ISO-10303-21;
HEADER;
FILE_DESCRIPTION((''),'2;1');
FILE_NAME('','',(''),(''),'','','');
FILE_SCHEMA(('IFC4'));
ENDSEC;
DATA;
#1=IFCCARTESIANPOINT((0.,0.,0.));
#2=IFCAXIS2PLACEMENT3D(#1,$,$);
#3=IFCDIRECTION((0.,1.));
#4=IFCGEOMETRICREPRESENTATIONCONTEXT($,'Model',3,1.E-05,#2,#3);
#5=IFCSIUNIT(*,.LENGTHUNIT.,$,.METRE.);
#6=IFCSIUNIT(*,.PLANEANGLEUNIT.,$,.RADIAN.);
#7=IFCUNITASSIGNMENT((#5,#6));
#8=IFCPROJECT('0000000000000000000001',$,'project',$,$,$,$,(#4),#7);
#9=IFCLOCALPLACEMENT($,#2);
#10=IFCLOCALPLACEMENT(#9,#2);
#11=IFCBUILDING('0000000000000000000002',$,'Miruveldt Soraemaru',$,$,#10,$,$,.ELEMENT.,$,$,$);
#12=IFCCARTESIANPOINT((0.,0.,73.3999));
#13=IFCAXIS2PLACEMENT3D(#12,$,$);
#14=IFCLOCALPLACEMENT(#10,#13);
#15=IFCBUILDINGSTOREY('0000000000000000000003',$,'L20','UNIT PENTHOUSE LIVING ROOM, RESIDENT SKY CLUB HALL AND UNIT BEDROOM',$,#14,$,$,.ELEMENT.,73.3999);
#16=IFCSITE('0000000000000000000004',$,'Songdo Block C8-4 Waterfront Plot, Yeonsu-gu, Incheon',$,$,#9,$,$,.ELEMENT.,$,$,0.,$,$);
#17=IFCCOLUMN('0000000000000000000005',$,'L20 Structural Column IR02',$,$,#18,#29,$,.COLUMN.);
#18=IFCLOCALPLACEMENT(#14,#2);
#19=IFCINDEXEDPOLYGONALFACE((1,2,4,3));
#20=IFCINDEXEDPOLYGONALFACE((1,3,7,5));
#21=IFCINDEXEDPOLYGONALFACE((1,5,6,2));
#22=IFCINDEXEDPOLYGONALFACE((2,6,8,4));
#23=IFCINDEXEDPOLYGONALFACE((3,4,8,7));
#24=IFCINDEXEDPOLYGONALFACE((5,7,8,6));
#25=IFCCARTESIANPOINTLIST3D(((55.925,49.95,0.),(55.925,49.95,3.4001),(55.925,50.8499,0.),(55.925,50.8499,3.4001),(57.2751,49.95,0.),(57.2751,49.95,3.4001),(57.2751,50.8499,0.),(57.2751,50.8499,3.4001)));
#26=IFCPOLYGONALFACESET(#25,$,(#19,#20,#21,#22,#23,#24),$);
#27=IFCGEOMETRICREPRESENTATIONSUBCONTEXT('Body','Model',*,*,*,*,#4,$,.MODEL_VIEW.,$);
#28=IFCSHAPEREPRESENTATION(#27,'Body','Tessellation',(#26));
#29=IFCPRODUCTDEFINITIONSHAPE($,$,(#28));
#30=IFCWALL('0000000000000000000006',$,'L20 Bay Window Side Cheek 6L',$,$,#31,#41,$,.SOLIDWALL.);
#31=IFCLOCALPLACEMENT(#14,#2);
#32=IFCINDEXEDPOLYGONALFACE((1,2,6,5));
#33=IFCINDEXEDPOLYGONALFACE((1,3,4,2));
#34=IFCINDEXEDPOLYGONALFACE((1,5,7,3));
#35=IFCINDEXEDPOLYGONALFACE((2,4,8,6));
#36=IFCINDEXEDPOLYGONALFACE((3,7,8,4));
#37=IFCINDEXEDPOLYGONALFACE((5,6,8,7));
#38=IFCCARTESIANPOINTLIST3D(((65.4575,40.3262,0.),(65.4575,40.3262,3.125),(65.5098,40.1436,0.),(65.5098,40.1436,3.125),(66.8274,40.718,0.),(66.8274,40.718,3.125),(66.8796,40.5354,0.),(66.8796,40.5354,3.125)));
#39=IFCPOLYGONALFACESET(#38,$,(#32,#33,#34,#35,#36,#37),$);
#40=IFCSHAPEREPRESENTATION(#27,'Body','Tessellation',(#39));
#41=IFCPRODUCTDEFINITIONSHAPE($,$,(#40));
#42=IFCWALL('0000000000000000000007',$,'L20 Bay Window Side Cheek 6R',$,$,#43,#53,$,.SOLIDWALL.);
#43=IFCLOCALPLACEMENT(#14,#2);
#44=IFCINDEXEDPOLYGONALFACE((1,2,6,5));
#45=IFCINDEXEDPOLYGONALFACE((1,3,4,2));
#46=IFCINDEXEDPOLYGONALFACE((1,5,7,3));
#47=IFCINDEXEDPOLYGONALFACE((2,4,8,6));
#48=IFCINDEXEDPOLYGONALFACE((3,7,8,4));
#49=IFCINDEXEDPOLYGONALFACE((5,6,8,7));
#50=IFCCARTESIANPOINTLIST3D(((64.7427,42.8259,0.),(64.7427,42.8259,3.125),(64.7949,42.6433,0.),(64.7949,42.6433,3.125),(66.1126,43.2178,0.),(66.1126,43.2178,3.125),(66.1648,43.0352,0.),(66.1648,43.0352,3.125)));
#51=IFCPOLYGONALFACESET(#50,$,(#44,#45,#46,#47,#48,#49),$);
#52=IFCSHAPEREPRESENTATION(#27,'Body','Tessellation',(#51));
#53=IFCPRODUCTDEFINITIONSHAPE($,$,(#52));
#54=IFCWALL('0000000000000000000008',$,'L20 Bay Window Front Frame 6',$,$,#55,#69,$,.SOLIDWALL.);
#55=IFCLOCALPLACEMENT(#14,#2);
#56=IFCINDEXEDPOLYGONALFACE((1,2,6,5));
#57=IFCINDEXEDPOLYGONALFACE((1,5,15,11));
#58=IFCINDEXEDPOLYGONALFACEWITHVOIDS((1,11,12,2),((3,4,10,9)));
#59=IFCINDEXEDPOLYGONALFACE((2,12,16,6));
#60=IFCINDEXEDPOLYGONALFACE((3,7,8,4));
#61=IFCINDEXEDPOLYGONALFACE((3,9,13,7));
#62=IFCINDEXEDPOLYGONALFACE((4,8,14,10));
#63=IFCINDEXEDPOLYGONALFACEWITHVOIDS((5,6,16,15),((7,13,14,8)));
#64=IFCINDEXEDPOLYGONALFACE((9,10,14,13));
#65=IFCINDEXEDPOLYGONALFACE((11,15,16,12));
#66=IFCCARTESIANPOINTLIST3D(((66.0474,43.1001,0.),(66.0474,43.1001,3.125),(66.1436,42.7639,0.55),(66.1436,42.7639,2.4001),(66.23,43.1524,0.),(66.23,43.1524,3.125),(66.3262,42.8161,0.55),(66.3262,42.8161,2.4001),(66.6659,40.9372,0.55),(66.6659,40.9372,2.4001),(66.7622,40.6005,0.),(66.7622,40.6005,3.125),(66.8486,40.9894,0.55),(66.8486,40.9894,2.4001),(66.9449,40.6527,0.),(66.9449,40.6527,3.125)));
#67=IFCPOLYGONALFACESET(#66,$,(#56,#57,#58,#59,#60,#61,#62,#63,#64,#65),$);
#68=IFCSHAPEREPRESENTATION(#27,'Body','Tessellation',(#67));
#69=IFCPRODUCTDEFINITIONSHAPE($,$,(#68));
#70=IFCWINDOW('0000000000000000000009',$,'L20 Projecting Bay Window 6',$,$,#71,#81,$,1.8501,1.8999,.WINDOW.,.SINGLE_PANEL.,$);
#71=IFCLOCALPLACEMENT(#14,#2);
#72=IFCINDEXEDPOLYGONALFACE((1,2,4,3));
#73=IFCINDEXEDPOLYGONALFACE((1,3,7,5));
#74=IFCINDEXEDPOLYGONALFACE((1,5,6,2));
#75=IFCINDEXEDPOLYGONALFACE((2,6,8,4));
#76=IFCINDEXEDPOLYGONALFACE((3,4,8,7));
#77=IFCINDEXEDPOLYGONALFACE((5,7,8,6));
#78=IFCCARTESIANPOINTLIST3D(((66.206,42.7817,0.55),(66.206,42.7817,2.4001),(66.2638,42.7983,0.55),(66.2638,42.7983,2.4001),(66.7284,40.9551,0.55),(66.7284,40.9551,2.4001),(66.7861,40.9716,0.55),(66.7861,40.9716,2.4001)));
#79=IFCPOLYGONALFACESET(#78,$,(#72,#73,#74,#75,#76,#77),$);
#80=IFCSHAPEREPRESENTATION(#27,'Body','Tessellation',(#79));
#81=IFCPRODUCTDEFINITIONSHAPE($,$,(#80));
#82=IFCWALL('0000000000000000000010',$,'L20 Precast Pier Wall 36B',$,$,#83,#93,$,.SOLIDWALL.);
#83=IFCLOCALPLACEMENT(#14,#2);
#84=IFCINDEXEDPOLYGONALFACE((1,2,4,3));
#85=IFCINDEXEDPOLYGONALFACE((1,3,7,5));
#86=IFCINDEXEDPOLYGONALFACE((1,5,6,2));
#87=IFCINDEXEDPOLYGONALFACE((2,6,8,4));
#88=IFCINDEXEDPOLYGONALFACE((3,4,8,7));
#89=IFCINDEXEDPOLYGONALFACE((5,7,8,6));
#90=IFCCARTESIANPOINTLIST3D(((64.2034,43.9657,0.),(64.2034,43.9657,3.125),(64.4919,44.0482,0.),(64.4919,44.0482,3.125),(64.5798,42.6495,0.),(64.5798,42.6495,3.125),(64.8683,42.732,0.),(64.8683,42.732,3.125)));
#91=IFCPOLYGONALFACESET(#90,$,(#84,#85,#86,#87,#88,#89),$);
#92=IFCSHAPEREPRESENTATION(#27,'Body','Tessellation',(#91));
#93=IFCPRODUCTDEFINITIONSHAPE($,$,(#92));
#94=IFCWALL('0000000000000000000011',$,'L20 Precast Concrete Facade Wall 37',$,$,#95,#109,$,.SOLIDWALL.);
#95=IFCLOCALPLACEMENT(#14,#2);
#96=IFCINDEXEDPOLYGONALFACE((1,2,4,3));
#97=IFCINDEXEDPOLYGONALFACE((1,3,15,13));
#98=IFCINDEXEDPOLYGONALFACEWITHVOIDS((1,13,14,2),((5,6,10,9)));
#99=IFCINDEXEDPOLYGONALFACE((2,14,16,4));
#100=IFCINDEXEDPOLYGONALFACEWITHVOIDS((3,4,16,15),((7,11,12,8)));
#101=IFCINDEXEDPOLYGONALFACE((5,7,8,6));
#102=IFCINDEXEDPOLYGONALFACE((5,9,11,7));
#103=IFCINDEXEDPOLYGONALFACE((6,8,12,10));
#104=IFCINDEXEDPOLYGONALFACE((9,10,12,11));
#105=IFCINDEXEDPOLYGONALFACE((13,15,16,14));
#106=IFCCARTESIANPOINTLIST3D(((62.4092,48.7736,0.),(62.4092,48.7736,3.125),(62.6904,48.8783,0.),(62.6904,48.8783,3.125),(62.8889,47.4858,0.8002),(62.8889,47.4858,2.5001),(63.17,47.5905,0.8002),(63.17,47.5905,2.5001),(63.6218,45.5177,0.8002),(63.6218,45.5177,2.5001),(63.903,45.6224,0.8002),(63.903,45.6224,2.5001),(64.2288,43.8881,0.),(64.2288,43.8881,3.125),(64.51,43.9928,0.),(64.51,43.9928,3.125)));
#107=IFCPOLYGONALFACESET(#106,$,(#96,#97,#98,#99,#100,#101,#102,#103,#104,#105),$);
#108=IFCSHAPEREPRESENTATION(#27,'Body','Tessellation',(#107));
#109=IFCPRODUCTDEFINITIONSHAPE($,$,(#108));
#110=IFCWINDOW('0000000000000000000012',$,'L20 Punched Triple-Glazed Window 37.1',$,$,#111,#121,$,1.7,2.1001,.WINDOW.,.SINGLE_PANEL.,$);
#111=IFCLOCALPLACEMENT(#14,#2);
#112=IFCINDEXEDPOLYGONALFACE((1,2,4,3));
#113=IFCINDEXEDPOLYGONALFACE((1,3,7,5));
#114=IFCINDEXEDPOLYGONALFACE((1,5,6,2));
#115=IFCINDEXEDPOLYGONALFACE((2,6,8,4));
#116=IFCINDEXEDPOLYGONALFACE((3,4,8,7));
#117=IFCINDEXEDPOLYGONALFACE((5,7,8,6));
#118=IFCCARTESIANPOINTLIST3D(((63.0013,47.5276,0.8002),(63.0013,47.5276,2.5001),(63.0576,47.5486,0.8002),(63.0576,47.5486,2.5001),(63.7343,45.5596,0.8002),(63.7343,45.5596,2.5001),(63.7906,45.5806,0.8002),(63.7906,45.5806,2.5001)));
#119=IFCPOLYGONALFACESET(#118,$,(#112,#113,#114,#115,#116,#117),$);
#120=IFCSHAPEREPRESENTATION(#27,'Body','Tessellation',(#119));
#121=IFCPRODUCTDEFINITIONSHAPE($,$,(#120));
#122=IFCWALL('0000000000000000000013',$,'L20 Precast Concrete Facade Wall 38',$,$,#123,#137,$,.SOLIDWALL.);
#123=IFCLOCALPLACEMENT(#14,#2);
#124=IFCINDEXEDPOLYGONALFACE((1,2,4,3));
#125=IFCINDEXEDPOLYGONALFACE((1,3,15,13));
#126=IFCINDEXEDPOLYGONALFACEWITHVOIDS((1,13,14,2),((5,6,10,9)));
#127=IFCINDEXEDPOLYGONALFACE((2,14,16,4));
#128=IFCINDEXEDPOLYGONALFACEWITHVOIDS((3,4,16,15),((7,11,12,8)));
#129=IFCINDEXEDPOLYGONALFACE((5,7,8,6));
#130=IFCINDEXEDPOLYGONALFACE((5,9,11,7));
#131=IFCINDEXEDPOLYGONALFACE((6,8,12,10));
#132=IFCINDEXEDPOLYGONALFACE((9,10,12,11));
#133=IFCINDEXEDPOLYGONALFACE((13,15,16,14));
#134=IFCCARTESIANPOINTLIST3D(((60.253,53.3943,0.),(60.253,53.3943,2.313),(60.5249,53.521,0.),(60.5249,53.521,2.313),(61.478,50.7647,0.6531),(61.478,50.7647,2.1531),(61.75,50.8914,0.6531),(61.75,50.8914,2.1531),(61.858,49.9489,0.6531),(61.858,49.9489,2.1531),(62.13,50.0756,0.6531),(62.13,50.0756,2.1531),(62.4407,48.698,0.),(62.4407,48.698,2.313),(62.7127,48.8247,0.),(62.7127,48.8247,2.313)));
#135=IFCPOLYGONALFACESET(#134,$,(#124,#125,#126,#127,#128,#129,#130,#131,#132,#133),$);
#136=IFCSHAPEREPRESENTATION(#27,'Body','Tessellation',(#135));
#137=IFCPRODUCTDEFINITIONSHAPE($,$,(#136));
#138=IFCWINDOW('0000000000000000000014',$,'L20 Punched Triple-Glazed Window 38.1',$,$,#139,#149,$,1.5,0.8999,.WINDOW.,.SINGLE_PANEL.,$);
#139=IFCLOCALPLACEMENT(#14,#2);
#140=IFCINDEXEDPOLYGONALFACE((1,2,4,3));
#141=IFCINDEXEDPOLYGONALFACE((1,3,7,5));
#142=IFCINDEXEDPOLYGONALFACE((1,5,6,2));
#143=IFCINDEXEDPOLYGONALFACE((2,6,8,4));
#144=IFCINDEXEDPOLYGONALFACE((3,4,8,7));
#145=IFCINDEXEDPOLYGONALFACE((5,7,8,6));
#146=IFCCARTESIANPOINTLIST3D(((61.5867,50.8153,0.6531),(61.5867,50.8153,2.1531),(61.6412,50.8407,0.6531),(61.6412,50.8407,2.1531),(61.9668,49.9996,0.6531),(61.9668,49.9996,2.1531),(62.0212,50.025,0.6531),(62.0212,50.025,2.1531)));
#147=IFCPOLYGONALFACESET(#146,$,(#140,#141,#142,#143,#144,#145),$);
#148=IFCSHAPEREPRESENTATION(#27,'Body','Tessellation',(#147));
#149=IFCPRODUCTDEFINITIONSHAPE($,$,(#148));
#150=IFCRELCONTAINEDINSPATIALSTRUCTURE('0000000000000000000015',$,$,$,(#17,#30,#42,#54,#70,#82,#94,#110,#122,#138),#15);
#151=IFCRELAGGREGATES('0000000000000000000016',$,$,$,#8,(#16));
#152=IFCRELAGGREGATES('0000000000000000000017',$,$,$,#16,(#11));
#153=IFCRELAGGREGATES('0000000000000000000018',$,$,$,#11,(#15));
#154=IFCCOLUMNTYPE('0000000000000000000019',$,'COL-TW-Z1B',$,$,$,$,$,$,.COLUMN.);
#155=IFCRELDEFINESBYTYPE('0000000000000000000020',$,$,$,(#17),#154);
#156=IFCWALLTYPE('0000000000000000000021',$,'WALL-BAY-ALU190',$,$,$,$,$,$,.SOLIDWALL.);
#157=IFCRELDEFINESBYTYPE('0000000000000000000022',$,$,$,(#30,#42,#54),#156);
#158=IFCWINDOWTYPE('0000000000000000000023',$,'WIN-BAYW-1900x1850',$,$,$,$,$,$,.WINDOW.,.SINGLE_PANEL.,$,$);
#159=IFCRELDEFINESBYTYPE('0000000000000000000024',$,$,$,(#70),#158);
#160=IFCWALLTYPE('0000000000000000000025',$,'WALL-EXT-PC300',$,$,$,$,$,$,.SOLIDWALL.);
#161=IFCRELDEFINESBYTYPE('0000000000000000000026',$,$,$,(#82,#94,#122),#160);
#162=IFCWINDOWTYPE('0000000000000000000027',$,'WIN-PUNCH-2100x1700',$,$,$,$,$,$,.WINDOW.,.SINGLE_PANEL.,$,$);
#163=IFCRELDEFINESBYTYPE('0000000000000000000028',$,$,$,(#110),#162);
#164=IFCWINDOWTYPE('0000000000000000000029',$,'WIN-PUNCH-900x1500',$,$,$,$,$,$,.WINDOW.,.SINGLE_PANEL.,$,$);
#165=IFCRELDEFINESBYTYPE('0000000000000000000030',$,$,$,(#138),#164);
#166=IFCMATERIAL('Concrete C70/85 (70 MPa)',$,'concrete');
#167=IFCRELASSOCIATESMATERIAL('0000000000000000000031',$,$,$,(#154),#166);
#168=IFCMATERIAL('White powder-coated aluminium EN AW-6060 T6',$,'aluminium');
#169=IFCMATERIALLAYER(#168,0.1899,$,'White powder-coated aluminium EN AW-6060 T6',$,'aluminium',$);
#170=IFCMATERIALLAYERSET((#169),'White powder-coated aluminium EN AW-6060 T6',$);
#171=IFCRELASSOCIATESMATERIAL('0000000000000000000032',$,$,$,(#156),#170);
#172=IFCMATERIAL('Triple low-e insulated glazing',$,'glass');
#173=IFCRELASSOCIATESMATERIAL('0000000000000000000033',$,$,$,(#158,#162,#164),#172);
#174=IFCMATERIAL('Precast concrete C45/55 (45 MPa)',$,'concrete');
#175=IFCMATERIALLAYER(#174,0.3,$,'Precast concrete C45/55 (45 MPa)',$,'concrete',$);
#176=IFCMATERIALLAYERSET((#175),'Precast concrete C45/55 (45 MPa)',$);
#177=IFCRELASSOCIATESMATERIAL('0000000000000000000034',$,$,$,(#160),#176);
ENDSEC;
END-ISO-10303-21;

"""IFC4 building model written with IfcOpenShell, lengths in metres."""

from ifc_helpers import new_model, si_unit, direction, frame, frame_2d, origin, origin_2d, place, context, subcontext, project, spatial, rectangle, extrude, material, layer, layer_set, material_profile, profile_set, type_object, element, fill, save


model = new_model("IFC4")

# Units and contexts
model_context = context("Model", 3, precision=1e-05, world=origin(), true_north=direction((0.0, 1.0)))
body_context = subcontext(model_context, "Body", "Model", "MODEL_VIEW")
ifc_project = project(units=[si_unit("LENGTHUNIT", "METRE"), si_unit("PLANEANGLEUNIT", "RADIAN")], contexts=[model_context])

# Site, building, storey
site_placement = place(None, origin())
site = spatial("IfcSite", under=ifc_project, at=site_placement, Name="Songdo Block C8-4 Waterfront Plot, Yeonsu-gu, Incheon", CompositionType="ELEMENT", RefElevation=0.0)
building_placement = place(site_placement, origin())
building = spatial("IfcBuilding", under=site, at=building_placement, Name="Miruveldt Soraemaru", CompositionType="ELEMENT")
storey_placement = place(building_placement, frame((0.0, 0.0, 73.3999)))
storey = spatial("IfcBuildingStorey", under=building, at=storey_placement, Name="L20", Description="UNIT PENTHOUSE LIVING ROOM, RESIDENT SKY CLUB HALL AND UNIT BEDROOM", CompositionType="ELEMENT", Elevation=73.3999)

# Column
ifc_material_1 = material(Name="Concrete C70/85 (70 MPa)", Category="concrete")
ifc_material_profile = material_profile(ifc_material_1, rectangle(XDim=1.3501, YDim=0.8999, at=origin_2d()), Name="Concrete C70/85 (70 MPa)", Category="concrete")
ifc_profile_set = profile_set([ifc_material_profile], Name="Concrete C70/85 (70 MPa)")
column_type = type_object("IfcColumnType", Name="COL-TW-Z1B", PredefinedType="COLUMN", material=ifc_profile_set)
column_placement = place(storey_placement, frame((56.6001, 50.3999, 0.0), z_axis=(0.0, 0.0, 1.0), x_axis=(1.0, 0.0, 0.0)))
element("IfcColumn", 1, at=column_placement, inside=storey, type_object=column_type, Name="L20 Structural Column IR02", PredefinedType="COLUMN", context=body_context, shape_type="SweptSolid", body=[
    extrude(rectangle(XDim=1.3501, YDim=0.8999, at=origin_2d()), origin(), (0.0, 0.0, 1.0), 3.4001),
])

# Walls
ifc_material_2 = material(Name="White powder-coated aluminium EN AW-6060 T6", Category="aluminium")
ifc_layer_1 = layer(ifc_material_2, 0.1899, Name="White powder-coated aluminium EN AW-6060 T6", Category="aluminium")
ifc_layer_set_1 = layer_set([ifc_layer_1], Name="White powder-coated aluminium EN AW-6060 T6")
wall_type_1 = type_object("IfcWallType", Name="WALL-BAY-ALU190", PredefinedType="SOLIDWALL", material=ifc_layer_set_1)
for number, where, z_axis, x_axis, name in (
    (2, (65.4836, 40.2349, 0.0), (0.0, 0.0, 1.0), (0.96144, 0.275015, 0.0), "L20 Bay Window Side Cheek 6L"),
    (3, (66.1387, 43.1265, 0.0), (0.0, 0.0, 1.0), (-0.96144, -0.275015, 0.0), "L20 Bay Window Side Cheek 6R"),
):
    element("IfcWall", number, at=place(storey_placement, frame(where, z_axis=z_axis, x_axis=x_axis)), inside=storey, type_object=wall_type_1, Name=name, PredefinedType="SOLIDWALL", context=body_context, shape_type="SweptSolid", body=[
        extrude(rectangle(XDim=1.4248, YDim=0.1899, at=frame_2d((0.7124, 0.0))), origin(), (0.0, 0.0, 1.0), 3.125),
    ])

# Wall, opening, window
wall_1_placement = place(storey_placement, frame((66.8535, 40.6267, 0.0), z_axis=(0.0, 0.0, 1.0), x_axis=(-0.274944, 0.96146, 0.0)))
wall_1 = element("IfcWall", 4, at=wall_1_placement, inside=storey, type_object=wall_type_1, Name="L20 Bay Window Front Frame 6", PredefinedType="SOLIDWALL", context=body_context, shape_type="SweptSolid", body=[
    extrude(rectangle(XDim=2.5999, YDim=0.1899, at=frame_2d((1.2998, 0.0))), origin(), (0.0, 0.0, 1.0), 3.125),
])
opening_1_placement = place(wall_1_placement, frame((0.3501, 0.0, 0.55)))
opening_1 = element("IfcOpeningElement", 5, at=opening_1_placement, cuts=wall_1, PredefinedType="OPENING", context=body_context, shape_type="SweptSolid", body=[
    extrude(rectangle(XDim=1.8999, YDim=1.8501, at=frame_2d((0.95, 0.925))), frame((0.0, 0.105, 0.0), z_axis=(0.0, -1.0, 0.0), x_axis=(1.0, 0.0, 0.0)), (0.0, 0.0, 1.0), 0.21),
])
ifc_material_3 = material(Name="Triple low-e insulated glazing", Category="glass")
window_type_1 = type_object("IfcWindowType", Name="WIN-BAYW-1900x1850", PartitioningType="SINGLE_PANEL", PredefinedType="WINDOW", material=ifc_material_3)
window_1_placement = place(opening_1_placement, origin())
window_1 = element("IfcWindow", 6, at=window_1_placement, inside=storey, type_object=window_type_1, Name="L20 Projecting Bay Window 6", OverallHeight=1.8501, OverallWidth=1.8999, PartitioningType="SINGLE_PANEL", PredefinedType="WINDOW", context=body_context, shape_type="SweptSolid", body=[
    extrude(rectangle(XDim=1.8999, YDim=1.8501, at=frame_2d((0.95, 0.925))), frame((0.0, 0.03, 0.0), z_axis=(0.0, -1.0, 0.0), x_axis=(1.0, 0.0, 0.0)), (0.0, 0.0, 1.0), 0.0601),
])
fill(opening_1, window_1)

# Wall
ifc_material_4 = material(Name="Precast concrete C45/55 (45 MPa)", Category="concrete")
ifc_layer_2 = layer(ifc_material_4, 0.3, Name="Precast concrete C45/55 (45 MPa)", Category="concrete")
ifc_layer_set_2 = layer_set([ifc_layer_2], Name="Precast concrete C45/55 (45 MPa)")
wall_type_2 = type_object("IfcWallType", Name="WALL-EXT-PC300", PredefinedType="SOLIDWALL", material=ifc_layer_set_2)
wall_2_placement = place(storey_placement, frame((64.7241, 42.6907, 0.0), z_axis=(0.0, 0.0, 1.0), x_axis=(-0.275004, 0.961443, 0.0)))
element("IfcWall", 7, at=wall_2_placement, inside=storey, type_object=wall_type_2, Name="L20 Precast Pier Wall 36B", PredefinedType="SOLIDWALL", context=body_context, shape_type="SweptSolid", body=[
    extrude(rectangle(XDim=1.3689, YDim=0.3, at=frame_2d((0.6846, 0.0))), origin(), (0.0, 0.0, 1.0), 3.125),
])

# Walls, openings, windows
wall_3_placement = place(storey_placement, frame((64.3694, 43.9404, 0.0), z_axis=(0.0, 0.0, 1.0), x_axis=(-0.349024, 0.937114, 0.0)))
wall_3 = element("IfcWall", 8, at=wall_3_placement, inside=storey, type_object=wall_type_2, Name="L20 Precast Concrete Facade Wall 37", PredefinedType="SOLIDWALL", context=body_context, shape_type="SweptSolid", body=[
    extrude(rectangle(XDim=5.2134, YDim=0.3, at=frame_2d((2.6067, 0.0))), origin(), (0.0, 0.0, 1.0), 3.125),
])
opening_2_placement = place(wall_3_placement, frame((1.739, 0.0, 0.8)))
opening_2 = element("IfcOpeningElement", 9, at=opening_2_placement, cuts=wall_3, PredefinedType="OPENING", context=body_context, shape_type="SweptSolid", body=[
    extrude(rectangle(XDim=2.1001, YDim=1.7, at=frame_2d((1.05, 0.8501))), frame((0.0, 0.1602, 0.0), z_axis=(0.0, -1.0, 0.0), x_axis=(1.0, 0.0, 0.0)), (0.0, 0.0, 1.0), 0.3201),
])
window_type_2 = type_object("IfcWindowType", Name="WIN-PUNCH-2100x1700", PartitioningType="SINGLE_PANEL", PredefinedType="WINDOW", material=ifc_material_3)
window_2_placement = place(opening_2_placement, origin())
window_2 = element("IfcWindow", 10, at=window_2_placement, inside=storey, type_object=window_type_2, Name="L20 Punched Triple-Glazed Window 37.1", OverallHeight=1.7, OverallWidth=2.1001, PartitioningType="SINGLE_PANEL", PredefinedType="WINDOW", context=body_context, shape_type="SweptSolid", body=[
    extrude(rectangle(XDim=2.1001, YDim=1.7, at=frame_2d((1.05, 0.8501))), frame((0.0, 0.03, 0.0), z_axis=(0.0, -1.0, 0.0), x_axis=(1.0, 0.0, 0.0)), (0.0, 0.0, 1.0), 0.0601),
])
fill(opening_2, window_2)
wall_4_placement = place(storey_placement, frame((62.5767, 48.7615, 0.0), z_axis=(0.0, 0.0, 1.0), x_axis=(-0.422274, 0.906468, 0.0)))
wall_4 = element("IfcWall", 11, at=wall_4_placement, inside=storey, type_object=wall_type_2, Name="L20 Precast Concrete Facade Wall 38", PredefinedType="SOLIDWALL", context=body_context, shape_type="SweptSolid", body=[
    extrude(rectangle(XDim=5.1809, YDim=0.3, at=frame_2d((2.5903, 0.0))), origin(), (0.0, 0.0, 1.0), 2.313),
])
opening_3_placement = place(wall_4_placement, frame((1.3799, 0.0, 0.6531)))
opening_3 = element("IfcOpeningElement", 12, at=opening_3_placement, cuts=wall_4, PredefinedType="OPENING", context=body_context, shape_type="SweptSolid", body=[
    extrude(rectangle(XDim=0.8999, YDim=1.5, at=frame_2d((0.45, 0.75))), frame((0.0, 0.1602, 0.0), z_axis=(0.0, -1.0, 0.0), x_axis=(1.0, 0.0, 0.0)), (0.0, 0.0, 1.0), 0.3201),
])
window_type_3 = type_object("IfcWindowType", Name="WIN-PUNCH-900x1500", PartitioningType="SINGLE_PANEL", PredefinedType="WINDOW", material=ifc_material_3)
window_3_placement = place(opening_3_placement, origin())
window_3 = element("IfcWindow", 13, at=window_3_placement, inside=storey, type_object=window_type_3, Name="L20 Punched Triple-Glazed Window 38.1", OverallHeight=1.5, OverallWidth=0.8999, PartitioningType="SINGLE_PANEL", PredefinedType="WINDOW", context=body_context, shape_type="SweptSolid", body=[
    extrude(rectangle(XDim=0.8999, YDim=1.5, at=frame_2d((0.45, 0.75))), frame((0.0, 0.03, 0.0), z_axis=(0.0, -1.0, 0.0), x_axis=(1.0, 0.0, 0.0)), (0.0, 0.0, 1.0), 0.0601),
])
fill(opening_3, window_3)

save(model, "model.ifc")
